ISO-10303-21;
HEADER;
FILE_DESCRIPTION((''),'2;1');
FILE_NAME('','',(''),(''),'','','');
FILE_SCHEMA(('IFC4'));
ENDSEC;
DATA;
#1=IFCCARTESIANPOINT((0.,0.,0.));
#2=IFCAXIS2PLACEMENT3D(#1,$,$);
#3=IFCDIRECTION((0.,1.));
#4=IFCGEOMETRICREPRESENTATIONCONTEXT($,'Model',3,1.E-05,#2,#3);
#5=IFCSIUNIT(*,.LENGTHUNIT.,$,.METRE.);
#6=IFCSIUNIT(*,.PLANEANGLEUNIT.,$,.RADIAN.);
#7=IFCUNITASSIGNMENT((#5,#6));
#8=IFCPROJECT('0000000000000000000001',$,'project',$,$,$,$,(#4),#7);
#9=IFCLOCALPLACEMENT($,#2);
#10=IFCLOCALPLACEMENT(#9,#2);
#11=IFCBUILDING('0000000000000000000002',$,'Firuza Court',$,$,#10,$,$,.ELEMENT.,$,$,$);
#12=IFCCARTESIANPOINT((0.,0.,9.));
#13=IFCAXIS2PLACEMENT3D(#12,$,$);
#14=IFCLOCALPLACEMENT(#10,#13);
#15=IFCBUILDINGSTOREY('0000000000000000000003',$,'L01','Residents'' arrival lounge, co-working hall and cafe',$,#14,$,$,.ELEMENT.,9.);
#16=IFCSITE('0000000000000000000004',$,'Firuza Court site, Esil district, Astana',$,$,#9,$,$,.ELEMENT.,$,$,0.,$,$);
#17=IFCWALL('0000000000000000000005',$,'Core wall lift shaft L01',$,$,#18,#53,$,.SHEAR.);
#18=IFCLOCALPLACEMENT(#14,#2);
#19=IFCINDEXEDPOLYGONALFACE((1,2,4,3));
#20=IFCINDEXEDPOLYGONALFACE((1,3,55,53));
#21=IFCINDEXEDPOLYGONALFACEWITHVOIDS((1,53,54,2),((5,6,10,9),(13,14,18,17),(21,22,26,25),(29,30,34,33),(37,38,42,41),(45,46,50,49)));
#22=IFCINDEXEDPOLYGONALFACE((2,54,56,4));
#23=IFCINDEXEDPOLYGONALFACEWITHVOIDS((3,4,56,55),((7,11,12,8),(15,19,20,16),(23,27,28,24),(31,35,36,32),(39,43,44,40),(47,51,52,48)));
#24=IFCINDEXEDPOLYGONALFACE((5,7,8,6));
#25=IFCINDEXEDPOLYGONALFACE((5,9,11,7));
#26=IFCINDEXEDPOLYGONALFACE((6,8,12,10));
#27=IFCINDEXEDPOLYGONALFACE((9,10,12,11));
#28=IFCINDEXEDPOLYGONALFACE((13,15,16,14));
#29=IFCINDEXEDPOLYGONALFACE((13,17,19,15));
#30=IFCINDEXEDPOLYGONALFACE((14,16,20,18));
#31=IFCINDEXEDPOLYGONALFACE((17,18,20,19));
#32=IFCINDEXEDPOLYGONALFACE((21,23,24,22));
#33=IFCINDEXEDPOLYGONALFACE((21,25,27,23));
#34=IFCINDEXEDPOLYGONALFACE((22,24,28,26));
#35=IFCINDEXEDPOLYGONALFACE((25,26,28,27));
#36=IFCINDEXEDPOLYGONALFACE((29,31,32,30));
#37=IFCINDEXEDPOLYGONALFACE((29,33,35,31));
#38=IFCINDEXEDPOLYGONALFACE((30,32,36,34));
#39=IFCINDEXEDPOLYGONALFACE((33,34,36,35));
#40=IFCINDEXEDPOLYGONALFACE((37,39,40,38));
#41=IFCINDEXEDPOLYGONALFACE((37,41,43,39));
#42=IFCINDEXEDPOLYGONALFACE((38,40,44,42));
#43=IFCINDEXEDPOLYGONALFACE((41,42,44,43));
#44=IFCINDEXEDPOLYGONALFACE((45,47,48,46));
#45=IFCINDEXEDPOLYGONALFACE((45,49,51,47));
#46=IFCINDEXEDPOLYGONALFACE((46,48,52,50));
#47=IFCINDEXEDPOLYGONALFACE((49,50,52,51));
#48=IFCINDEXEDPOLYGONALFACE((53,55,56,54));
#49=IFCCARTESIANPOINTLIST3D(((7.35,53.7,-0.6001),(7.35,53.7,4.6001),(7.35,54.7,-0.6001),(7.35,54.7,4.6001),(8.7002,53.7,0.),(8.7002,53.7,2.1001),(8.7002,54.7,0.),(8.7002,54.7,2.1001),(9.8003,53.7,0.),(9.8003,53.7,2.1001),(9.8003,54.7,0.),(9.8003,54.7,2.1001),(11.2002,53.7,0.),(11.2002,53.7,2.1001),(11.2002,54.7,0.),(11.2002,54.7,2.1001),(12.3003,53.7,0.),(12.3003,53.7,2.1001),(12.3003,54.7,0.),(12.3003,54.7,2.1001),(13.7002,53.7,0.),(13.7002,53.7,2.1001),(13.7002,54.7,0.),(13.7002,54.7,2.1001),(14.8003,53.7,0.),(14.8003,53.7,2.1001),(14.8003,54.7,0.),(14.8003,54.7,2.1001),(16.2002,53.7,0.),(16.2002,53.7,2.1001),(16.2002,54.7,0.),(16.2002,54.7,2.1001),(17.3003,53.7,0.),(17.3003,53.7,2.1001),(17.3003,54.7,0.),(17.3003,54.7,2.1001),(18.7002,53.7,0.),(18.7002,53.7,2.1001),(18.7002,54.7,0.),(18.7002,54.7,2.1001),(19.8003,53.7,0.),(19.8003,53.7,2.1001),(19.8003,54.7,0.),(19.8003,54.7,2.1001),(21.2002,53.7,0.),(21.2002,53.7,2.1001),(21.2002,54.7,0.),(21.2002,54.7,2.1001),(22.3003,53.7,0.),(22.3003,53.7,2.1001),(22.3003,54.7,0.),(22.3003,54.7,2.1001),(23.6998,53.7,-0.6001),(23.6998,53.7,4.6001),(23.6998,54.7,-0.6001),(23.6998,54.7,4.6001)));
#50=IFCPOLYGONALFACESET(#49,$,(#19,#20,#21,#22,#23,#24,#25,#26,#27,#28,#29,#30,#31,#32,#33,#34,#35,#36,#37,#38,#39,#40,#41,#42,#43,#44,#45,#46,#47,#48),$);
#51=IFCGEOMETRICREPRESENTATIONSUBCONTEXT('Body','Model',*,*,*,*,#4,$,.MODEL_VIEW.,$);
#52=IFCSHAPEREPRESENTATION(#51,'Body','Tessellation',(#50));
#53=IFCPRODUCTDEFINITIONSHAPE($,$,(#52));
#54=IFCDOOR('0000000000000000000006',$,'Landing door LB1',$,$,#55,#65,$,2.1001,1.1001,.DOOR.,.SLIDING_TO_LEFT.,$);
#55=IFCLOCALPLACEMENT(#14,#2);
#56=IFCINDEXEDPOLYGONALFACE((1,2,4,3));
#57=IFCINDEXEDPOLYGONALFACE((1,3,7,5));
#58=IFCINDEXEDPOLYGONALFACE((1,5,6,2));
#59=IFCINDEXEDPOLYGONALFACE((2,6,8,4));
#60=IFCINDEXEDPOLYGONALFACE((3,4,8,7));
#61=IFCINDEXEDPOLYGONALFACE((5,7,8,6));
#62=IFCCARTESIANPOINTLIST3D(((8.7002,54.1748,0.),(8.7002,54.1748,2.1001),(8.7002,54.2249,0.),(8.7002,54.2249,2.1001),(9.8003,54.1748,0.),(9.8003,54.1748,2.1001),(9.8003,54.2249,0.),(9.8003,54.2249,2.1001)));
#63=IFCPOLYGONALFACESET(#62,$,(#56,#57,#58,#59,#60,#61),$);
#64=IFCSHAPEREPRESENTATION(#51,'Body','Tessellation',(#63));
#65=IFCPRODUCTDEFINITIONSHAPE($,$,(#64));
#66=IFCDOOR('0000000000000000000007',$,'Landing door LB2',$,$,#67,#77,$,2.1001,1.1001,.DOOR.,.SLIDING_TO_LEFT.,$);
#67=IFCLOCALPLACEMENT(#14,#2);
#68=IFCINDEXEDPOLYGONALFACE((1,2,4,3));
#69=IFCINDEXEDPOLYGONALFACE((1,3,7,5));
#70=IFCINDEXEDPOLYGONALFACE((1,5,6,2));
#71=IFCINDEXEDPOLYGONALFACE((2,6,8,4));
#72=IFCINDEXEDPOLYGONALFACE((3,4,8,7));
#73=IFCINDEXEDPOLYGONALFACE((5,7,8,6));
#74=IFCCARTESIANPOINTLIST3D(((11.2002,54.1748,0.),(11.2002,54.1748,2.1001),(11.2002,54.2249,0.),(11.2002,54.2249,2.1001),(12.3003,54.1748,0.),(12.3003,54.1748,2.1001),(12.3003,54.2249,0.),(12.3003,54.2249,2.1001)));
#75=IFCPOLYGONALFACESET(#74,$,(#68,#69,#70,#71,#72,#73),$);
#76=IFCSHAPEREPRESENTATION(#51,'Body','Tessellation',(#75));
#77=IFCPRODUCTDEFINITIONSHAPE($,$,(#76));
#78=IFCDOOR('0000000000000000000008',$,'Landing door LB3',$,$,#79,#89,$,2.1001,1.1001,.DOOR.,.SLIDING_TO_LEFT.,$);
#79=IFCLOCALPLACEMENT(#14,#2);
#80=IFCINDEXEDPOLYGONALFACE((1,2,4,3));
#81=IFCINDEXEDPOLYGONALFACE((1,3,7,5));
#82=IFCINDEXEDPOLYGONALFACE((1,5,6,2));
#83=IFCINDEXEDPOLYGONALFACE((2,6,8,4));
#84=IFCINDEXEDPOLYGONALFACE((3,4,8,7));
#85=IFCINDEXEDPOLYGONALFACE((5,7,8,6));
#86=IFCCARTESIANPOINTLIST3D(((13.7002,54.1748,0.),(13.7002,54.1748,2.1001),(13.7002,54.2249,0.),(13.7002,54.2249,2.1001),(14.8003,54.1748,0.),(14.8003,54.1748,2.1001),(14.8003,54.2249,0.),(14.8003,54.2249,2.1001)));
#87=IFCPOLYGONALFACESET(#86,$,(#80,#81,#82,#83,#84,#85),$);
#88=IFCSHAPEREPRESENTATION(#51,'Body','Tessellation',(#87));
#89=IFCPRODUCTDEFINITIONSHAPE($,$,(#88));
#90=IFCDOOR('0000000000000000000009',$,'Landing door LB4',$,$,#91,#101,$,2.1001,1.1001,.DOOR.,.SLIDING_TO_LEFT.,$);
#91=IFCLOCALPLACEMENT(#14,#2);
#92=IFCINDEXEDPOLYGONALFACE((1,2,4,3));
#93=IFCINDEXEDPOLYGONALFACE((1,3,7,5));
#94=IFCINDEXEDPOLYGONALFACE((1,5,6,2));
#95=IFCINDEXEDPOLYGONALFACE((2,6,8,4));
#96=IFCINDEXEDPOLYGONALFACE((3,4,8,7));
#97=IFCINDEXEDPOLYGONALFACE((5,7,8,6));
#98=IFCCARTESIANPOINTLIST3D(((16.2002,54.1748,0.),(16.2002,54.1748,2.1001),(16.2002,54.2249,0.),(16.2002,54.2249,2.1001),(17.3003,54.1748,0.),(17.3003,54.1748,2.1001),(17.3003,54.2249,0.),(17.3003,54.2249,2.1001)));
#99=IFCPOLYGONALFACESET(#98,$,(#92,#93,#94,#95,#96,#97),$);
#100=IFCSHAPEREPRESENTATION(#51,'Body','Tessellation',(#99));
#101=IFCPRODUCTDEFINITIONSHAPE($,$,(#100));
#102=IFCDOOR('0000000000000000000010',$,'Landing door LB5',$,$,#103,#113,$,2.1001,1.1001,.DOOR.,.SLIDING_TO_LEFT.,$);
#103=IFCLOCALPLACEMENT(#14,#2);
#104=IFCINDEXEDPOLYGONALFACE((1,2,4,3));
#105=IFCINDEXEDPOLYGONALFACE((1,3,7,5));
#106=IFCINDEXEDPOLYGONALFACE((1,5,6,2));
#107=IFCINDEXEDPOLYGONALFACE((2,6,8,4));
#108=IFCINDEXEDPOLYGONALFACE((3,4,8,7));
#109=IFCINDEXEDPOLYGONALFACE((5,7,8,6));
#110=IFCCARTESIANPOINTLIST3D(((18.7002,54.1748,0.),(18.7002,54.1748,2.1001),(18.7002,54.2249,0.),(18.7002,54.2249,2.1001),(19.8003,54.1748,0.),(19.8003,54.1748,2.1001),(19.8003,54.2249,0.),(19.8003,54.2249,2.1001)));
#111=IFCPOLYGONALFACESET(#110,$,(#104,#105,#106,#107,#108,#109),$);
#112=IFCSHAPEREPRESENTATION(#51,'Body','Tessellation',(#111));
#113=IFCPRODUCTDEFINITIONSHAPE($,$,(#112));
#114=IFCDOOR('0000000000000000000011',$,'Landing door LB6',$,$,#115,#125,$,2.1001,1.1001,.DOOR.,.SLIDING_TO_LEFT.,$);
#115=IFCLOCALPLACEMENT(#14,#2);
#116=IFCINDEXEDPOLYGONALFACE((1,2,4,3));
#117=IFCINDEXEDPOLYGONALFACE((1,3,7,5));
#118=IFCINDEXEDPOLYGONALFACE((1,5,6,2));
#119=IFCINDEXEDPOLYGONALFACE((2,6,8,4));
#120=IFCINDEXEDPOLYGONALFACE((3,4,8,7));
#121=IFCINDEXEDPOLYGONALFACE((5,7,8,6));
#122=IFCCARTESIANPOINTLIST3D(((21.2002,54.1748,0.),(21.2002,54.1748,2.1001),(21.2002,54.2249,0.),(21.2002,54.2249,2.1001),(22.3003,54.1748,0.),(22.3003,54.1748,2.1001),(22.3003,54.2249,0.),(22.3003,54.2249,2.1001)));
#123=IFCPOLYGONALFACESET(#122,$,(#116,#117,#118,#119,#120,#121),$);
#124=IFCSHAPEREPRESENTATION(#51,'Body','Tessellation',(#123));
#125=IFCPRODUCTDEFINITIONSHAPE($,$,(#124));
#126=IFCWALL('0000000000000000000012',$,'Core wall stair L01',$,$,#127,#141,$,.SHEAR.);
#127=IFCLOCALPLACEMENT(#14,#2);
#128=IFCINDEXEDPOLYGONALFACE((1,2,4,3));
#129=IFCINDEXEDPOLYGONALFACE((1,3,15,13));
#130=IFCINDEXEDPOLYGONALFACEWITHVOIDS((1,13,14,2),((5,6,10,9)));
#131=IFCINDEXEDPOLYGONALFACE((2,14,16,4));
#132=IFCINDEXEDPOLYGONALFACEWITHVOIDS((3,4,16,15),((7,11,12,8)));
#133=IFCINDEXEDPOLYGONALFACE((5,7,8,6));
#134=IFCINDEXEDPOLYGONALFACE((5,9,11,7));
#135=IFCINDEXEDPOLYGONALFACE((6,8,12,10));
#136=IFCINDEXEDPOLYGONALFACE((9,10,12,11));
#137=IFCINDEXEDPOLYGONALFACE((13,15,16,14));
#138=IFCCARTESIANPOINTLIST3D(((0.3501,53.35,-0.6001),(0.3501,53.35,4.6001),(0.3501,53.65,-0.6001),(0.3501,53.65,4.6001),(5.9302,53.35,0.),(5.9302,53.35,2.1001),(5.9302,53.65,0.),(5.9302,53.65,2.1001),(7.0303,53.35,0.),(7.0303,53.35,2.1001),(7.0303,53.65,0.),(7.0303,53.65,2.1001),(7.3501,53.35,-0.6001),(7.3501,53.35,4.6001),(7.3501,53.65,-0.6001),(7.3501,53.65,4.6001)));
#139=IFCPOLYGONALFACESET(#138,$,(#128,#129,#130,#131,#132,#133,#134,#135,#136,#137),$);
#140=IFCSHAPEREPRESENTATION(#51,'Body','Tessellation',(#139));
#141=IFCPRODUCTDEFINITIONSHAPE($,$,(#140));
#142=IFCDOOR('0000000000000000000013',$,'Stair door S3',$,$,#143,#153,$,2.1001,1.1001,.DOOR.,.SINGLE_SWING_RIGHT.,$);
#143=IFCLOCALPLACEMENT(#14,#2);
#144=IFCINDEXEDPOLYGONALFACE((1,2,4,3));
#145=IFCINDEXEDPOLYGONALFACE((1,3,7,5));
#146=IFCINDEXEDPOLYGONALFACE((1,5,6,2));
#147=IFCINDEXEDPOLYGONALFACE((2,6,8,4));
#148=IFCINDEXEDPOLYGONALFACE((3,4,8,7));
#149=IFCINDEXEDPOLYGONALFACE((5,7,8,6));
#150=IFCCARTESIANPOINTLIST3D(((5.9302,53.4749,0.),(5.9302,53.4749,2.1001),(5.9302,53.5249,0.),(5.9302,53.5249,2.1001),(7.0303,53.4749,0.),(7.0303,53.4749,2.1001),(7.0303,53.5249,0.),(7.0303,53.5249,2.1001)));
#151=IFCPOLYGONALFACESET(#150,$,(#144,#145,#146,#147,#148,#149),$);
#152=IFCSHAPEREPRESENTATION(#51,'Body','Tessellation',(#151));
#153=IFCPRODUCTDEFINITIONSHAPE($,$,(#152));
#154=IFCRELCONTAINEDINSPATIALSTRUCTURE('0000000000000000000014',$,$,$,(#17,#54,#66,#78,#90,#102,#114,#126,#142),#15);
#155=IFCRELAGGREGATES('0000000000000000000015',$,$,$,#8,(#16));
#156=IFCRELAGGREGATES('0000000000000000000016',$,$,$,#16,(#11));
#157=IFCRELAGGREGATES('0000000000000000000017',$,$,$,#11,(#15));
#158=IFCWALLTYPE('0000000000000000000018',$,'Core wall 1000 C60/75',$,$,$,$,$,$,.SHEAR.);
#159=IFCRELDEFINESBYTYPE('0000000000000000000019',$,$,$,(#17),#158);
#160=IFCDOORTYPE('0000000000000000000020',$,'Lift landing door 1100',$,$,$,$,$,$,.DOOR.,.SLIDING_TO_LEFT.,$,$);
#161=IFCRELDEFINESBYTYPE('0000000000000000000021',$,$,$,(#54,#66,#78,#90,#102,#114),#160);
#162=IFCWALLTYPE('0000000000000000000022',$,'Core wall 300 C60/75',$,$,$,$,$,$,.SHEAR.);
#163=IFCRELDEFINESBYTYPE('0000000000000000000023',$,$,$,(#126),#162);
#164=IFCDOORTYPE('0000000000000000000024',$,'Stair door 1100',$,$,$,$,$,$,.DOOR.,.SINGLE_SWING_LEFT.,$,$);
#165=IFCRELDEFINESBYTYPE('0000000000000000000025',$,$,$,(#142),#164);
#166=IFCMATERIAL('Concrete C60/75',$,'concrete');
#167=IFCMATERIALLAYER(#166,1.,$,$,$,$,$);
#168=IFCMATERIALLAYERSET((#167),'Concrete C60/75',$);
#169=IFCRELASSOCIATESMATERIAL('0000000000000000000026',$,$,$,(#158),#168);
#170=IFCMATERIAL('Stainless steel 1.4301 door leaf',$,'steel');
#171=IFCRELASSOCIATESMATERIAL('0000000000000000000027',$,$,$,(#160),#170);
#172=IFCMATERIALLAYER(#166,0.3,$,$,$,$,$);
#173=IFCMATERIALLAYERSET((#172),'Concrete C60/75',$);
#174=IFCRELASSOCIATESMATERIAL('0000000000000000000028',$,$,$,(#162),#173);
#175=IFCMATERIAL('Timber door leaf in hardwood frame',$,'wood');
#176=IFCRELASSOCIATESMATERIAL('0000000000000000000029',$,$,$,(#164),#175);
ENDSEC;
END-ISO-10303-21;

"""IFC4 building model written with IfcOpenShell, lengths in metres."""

from ifc_helpers import new_model, si_unit, direction, frame, frame_2d, origin, place, context, subcontext, project, spatial, rectangle, extrude, material, layer, layer_set, type_object, element, fill, save


model = new_model("IFC4")

# Units and contexts
model_context = context("Model", 3, precision=1e-05, world=origin(), true_north=direction((0.0, 1.0)))
body_context = subcontext(model_context, "Body", "Model", "MODEL_VIEW")
ifc_project = project(units=[si_unit("LENGTHUNIT", "METRE"), si_unit("PLANEANGLEUNIT", "RADIAN")], contexts=[model_context])

# Site, building, storey
site_placement = place(None, origin())
site = spatial("IfcSite", under=ifc_project, at=site_placement, Name="Firuza Court site, Esil district, Astana", CompositionType="ELEMENT", RefElevation=0.0)
building_placement = place(site_placement, origin())
building = spatial("IfcBuilding", under=site, at=building_placement, Name="Firuza Court", CompositionType="ELEMENT")
storey_placement = place(building_placement, frame((0.0, 0.0, 9.0)))
storey = spatial("IfcBuildingStorey", under=building, at=storey_placement, Name="L01", Description="Residents' arrival lounge, co-working hall and cafe", CompositionType="ELEMENT", Elevation=9.0)

# Wall, openings, doors
ifc_material_1 = material(Name="Concrete C60/75", Category="concrete")
ifc_layer_1 = layer(ifc_material_1, 1.0)
ifc_layer_set_1 = layer_set([ifc_layer_1], Name="Concrete C60/75")
wall_type_1 = type_object("IfcWallType", Name="Core wall 1000 C60/75", PredefinedType="SHEAR", material=ifc_layer_set_1)
wall_1_placement = place(storey_placement, frame((7.3501, 54.2, -0.6001), z_axis=(0.0, 0.0, 1.0), x_axis=(1.0, 0.0, 0.0)))
wall_1 = element("IfcWall", 1, at=wall_1_placement, inside=storey, type_object=wall_type_1, Name="Core wall lift shaft L01", PredefinedType="SHEAR", context=body_context, shape_type="SweptSolid", body=[
    extrude(rectangle(XDim=16.3499, YDim=1.0, at=frame_2d((8.1748, 0.0))), origin(), (0.0, 0.0, 1.0), 5.2002),
])
opening_1_placement = place(wall_1_placement, frame((1.3501, 0.0, 0.6001)))
opening_1 = element("IfcOpeningElement", 2, at=opening_1_placement, cuts=wall_1, PredefinedType="OPENING", context=body_context, shape_type="SweptSolid", body=[
    extrude(rectangle(XDim=1.1001, YDim=2.1001, at=frame_2d((0.55, 1.05))), frame((0.0, 0.512, 0.0), z_axis=(0.0, -1.0, 0.0), x_axis=(1.0, 0.0, 0.0)), (0.0, 0.0, 1.0), 1.0239),
])
opening_2_placement = place(wall_1_placement, frame((3.8501, 0.0, 0.6001)))
opening_2 = element("IfcOpeningElement", 3, at=opening_2_placement, cuts=wall_1, PredefinedType="OPENING", context=body_context, shape_type="SweptSolid", body=[
    extrude(rectangle(XDim=1.1001, YDim=2.1001, at=frame_2d((0.55, 1.05))), frame((0.0, 0.512, 0.0), z_axis=(0.0, -1.0, 0.0), x_axis=(1.0, 0.0, 0.0)), (0.0, 0.0, 1.0), 1.0239),
])
opening_3_placement = place(wall_1_placement, frame((6.3501, 0.0, 0.6001)))
opening_3 = element("IfcOpeningElement", 4, at=opening_3_placement, cuts=wall_1, PredefinedType="OPENING", context=body_context, shape_type="SweptSolid", body=[
    extrude(rectangle(XDim=1.1001, YDim=2.1001, at=frame_2d((0.55, 1.05))), frame((0.0, 0.512, 0.0), z_axis=(0.0, -1.0, 0.0), x_axis=(1.0, 0.0, 0.0)), (0.0, 0.0, 1.0), 1.0239),
])
opening_4_placement = place(wall_1_placement, frame((8.8501, 0.0, 0.6001)))
opening_4 = element("IfcOpeningElement", 5, at=opening_4_placement, cuts=wall_1, PredefinedType="OPENING", context=body_context, shape_type="SweptSolid", body=[
    extrude(rectangle(XDim=1.1001, YDim=2.1001, at=frame_2d((0.55, 1.05))), frame((0.0, 0.512, 0.0), z_axis=(0.0, -1.0, 0.0), x_axis=(1.0, 0.0, 0.0)), (0.0, 0.0, 1.0), 1.0239),
])
opening_5_placement = place(wall_1_placement, frame((11.3501, 0.0, 0.6001)))
opening_5 = element("IfcOpeningElement", 6, at=opening_5_placement, cuts=wall_1, PredefinedType="OPENING", context=body_context, shape_type="SweptSolid", body=[
    extrude(rectangle(XDim=1.1001, YDim=2.1001, at=frame_2d((0.55, 1.05))), frame((0.0, 0.512, 0.0), z_axis=(0.0, -1.0, 0.0), x_axis=(1.0, 0.0, 0.0)), (0.0, 0.0, 1.0), 1.0239),
])
opening_6_placement = place(wall_1_placement, frame((13.8501, 0.0, 0.6001)))
opening_6 = element("IfcOpeningElement", 7, at=opening_6_placement, cuts=wall_1, PredefinedType="OPENING", context=body_context, shape_type="SweptSolid", body=[
    extrude(rectangle(XDim=1.1001, YDim=2.1001, at=frame_2d((0.55, 1.05))), frame((0.0, 0.512, 0.0), z_axis=(0.0, -1.0, 0.0), x_axis=(1.0, 0.0, 0.0)), (0.0, 0.0, 1.0), 1.0239),
])
ifc_material_2 = material(Name="Stainless steel 1.4301 door leaf", Category="steel")
door_type_1 = type_object("IfcDoorType", Name="Lift landing door 1100", OperationType="SLIDING_TO_LEFT", PredefinedType="DOOR", material=ifc_material_2)
door_1_placement = place(opening_1_placement, origin())
door_1 = element("IfcDoor", 8, at=door_1_placement, inside=storey, type_object=door_type_1, Name="Landing door LB1", OperationType="SLIDING_TO_LEFT", OverallHeight=2.1001, OverallWidth=1.1001, PredefinedType="DOOR", context=body_context, shape_type="SweptSolid", body=[
    extrude(rectangle(XDim=1.1001, YDim=2.1001, at=frame_2d((0.55, 1.05))), frame((0.0, 0.0249, 0.0), z_axis=(0.0, -1.0, 0.0), x_axis=(1.0, 0.0, 0.0)), (0.0, 0.0, 1.0), 0.05),
])
fill(opening_1, door_1)
door_2_placement = place(opening_2_placement, origin())
door_2 = element("IfcDoor", 9, at=door_2_placement, inside=storey, type_object=door_type_1, Name="Landing door LB2", OperationType="SLIDING_TO_LEFT", OverallHeight=2.1001, OverallWidth=1.1001, PredefinedType="DOOR", context=body_context, shape_type="SweptSolid", body=[
    extrude(rectangle(XDim=1.1001, YDim=2.1001, at=frame_2d((0.55, 1.05))), frame((0.0, 0.0249, 0.0), z_axis=(0.0, -1.0, 0.0), x_axis=(1.0, 0.0, 0.0)), (0.0, 0.0, 1.0), 0.05),
])
fill(opening_2, door_2)
door_3_placement = place(opening_3_placement, origin())
door_3 = element("IfcDoor", 10, at=door_3_placement, inside=storey, type_object=door_type_1, Name="Landing door LB3", OperationType="SLIDING_TO_LEFT", OverallHeight=2.1001, OverallWidth=1.1001, PredefinedType="DOOR", context=body_context, shape_type="SweptSolid", body=[
    extrude(rectangle(XDim=1.1001, YDim=2.1001, at=frame_2d((0.55, 1.05))), frame((0.0, 0.0249, 0.0), z_axis=(0.0, -1.0, 0.0), x_axis=(1.0, 0.0, 0.0)), (0.0, 0.0, 1.0), 0.05),
])
fill(opening_3, door_3)
door_4_placement = place(opening_4_placement, origin())
door_4 = element("IfcDoor", 11, at=door_4_placement, inside=storey, type_object=door_type_1, Name="Landing door LB4", OperationType="SLIDING_TO_LEFT", OverallHeight=2.1001, OverallWidth=1.1001, PredefinedType="DOOR", context=body_context, shape_type="SweptSolid", body=[
    extrude(rectangle(XDim=1.1001, YDim=2.1001, at=frame_2d((0.55, 1.05))), frame((0.0, 0.0249, 0.0), z_axis=(0.0, -1.0, 0.0), x_axis=(1.0, 0.0, 0.0)), (0.0, 0.0, 1.0), 0.05),
])
fill(opening_4, door_4)
door_5_placement = place(opening_5_placement, origin())
door_5 = element("IfcDoor", 12, at=door_5_placement, inside=storey, type_object=door_type_1, Name="Landing door LB5", OperationType="SLIDING_TO_LEFT", OverallHeight=2.1001, OverallWidth=1.1001, PredefinedType="DOOR", context=body_context, shape_type="SweptSolid", body=[
    extrude(rectangle(XDim=1.1001, YDim=2.1001, at=frame_2d((0.55, 1.05))), frame((0.0, 0.0249, 0.0), z_axis=(0.0, -1.0, 0.0), x_axis=(1.0, 0.0, 0.0)), (0.0, 0.0, 1.0), 0.05),
])
fill(opening_5, door_5)
door_6_placement = place(opening_6_placement, origin())
door_6 = element("IfcDoor", 13, at=door_6_placement, inside=storey, type_object=door_type_1, Name="Landing door LB6", OperationType="SLIDING_TO_LEFT", OverallHeight=2.1001, OverallWidth=1.1001, PredefinedType="DOOR", context=body_context, shape_type="SweptSolid", body=[
    extrude(rectangle(XDim=1.1001, YDim=2.1001, at=frame_2d((0.55, 1.05))), frame((0.0, 0.0249, 0.0), z_axis=(0.0, -1.0, 0.0), x_axis=(1.0, 0.0, 0.0)), (0.0, 0.0, 1.0), 0.05),
])
fill(opening_6, door_6)

# Wall, opening, door
ifc_layer_2 = layer(ifc_material_1, 0.3)
ifc_layer_set_2 = layer_set([ifc_layer_2], Name="Concrete C60/75")
wall_type_2 = type_object("IfcWallType", Name="Core wall 300 C60/75", PredefinedType="SHEAR", material=ifc_layer_set_2)
wall_2_placement = place(storey_placement, frame((0.3501, 53.5, -0.6001), z_axis=(0.0, 0.0, 1.0), x_axis=(1.0, 0.0, 0.0)))
wall_2 = element("IfcWall", 14, at=wall_2_placement, inside=storey, type_object=wall_type_2, Name="Core wall stair L01", PredefinedType="SHEAR", context=body_context, shape_type="SweptSolid", body=[
    extrude(rectangle(XDim=7.0, YDim=0.3, at=frame_2d((3.5, 0.0))), origin(), (0.0, 0.0, 1.0), 5.2002),
])
opening_7_placement = place(wall_2_placement, frame((5.5801, 0.0, 0.6001)))
opening_7 = element("IfcOpeningElement", 15, at=opening_7_placement, cuts=wall_2, PredefinedType="OPENING", context=body_context, shape_type="SweptSolid", body=[
    extrude(rectangle(XDim=1.1001, YDim=2.1001, at=frame_2d((0.55, 1.05))), frame((0.0, 0.1621, 0.0), z_axis=(0.0, -1.0, 0.0), x_axis=(1.0, 0.0, 0.0)), (0.0, 0.0, 1.0), 0.324),
])
ifc_material_3 = material(Name="Timber door leaf in hardwood frame", Category="wood")
door_type_2 = type_object("IfcDoorType", Name="Stair door 1100", OperationType="SINGLE_SWING_LEFT", PredefinedType="DOOR", material=ifc_material_3)
door_7_placement = place(opening_7_placement, origin())
door_7 = element("IfcDoor", 16, at=door_7_placement, inside=storey, type_object=door_type_2, Name="Stair door S3", OperationType="SINGLE_SWING_RIGHT", OverallHeight=2.1001, OverallWidth=1.1001, PredefinedType="DOOR", context=body_context, shape_type="SweptSolid", body=[
    extrude(rectangle(XDim=1.1001, YDim=2.1001, at=frame_2d((0.55, 1.05))), frame((0.0, 0.0249, 0.0), z_axis=(0.0, -1.0, 0.0), x_axis=(1.0, 0.0, 0.0)), (0.0, 0.0, 1.0), 0.05),
])
fill(opening_7, door_7)

save(model, "model.ifc")
